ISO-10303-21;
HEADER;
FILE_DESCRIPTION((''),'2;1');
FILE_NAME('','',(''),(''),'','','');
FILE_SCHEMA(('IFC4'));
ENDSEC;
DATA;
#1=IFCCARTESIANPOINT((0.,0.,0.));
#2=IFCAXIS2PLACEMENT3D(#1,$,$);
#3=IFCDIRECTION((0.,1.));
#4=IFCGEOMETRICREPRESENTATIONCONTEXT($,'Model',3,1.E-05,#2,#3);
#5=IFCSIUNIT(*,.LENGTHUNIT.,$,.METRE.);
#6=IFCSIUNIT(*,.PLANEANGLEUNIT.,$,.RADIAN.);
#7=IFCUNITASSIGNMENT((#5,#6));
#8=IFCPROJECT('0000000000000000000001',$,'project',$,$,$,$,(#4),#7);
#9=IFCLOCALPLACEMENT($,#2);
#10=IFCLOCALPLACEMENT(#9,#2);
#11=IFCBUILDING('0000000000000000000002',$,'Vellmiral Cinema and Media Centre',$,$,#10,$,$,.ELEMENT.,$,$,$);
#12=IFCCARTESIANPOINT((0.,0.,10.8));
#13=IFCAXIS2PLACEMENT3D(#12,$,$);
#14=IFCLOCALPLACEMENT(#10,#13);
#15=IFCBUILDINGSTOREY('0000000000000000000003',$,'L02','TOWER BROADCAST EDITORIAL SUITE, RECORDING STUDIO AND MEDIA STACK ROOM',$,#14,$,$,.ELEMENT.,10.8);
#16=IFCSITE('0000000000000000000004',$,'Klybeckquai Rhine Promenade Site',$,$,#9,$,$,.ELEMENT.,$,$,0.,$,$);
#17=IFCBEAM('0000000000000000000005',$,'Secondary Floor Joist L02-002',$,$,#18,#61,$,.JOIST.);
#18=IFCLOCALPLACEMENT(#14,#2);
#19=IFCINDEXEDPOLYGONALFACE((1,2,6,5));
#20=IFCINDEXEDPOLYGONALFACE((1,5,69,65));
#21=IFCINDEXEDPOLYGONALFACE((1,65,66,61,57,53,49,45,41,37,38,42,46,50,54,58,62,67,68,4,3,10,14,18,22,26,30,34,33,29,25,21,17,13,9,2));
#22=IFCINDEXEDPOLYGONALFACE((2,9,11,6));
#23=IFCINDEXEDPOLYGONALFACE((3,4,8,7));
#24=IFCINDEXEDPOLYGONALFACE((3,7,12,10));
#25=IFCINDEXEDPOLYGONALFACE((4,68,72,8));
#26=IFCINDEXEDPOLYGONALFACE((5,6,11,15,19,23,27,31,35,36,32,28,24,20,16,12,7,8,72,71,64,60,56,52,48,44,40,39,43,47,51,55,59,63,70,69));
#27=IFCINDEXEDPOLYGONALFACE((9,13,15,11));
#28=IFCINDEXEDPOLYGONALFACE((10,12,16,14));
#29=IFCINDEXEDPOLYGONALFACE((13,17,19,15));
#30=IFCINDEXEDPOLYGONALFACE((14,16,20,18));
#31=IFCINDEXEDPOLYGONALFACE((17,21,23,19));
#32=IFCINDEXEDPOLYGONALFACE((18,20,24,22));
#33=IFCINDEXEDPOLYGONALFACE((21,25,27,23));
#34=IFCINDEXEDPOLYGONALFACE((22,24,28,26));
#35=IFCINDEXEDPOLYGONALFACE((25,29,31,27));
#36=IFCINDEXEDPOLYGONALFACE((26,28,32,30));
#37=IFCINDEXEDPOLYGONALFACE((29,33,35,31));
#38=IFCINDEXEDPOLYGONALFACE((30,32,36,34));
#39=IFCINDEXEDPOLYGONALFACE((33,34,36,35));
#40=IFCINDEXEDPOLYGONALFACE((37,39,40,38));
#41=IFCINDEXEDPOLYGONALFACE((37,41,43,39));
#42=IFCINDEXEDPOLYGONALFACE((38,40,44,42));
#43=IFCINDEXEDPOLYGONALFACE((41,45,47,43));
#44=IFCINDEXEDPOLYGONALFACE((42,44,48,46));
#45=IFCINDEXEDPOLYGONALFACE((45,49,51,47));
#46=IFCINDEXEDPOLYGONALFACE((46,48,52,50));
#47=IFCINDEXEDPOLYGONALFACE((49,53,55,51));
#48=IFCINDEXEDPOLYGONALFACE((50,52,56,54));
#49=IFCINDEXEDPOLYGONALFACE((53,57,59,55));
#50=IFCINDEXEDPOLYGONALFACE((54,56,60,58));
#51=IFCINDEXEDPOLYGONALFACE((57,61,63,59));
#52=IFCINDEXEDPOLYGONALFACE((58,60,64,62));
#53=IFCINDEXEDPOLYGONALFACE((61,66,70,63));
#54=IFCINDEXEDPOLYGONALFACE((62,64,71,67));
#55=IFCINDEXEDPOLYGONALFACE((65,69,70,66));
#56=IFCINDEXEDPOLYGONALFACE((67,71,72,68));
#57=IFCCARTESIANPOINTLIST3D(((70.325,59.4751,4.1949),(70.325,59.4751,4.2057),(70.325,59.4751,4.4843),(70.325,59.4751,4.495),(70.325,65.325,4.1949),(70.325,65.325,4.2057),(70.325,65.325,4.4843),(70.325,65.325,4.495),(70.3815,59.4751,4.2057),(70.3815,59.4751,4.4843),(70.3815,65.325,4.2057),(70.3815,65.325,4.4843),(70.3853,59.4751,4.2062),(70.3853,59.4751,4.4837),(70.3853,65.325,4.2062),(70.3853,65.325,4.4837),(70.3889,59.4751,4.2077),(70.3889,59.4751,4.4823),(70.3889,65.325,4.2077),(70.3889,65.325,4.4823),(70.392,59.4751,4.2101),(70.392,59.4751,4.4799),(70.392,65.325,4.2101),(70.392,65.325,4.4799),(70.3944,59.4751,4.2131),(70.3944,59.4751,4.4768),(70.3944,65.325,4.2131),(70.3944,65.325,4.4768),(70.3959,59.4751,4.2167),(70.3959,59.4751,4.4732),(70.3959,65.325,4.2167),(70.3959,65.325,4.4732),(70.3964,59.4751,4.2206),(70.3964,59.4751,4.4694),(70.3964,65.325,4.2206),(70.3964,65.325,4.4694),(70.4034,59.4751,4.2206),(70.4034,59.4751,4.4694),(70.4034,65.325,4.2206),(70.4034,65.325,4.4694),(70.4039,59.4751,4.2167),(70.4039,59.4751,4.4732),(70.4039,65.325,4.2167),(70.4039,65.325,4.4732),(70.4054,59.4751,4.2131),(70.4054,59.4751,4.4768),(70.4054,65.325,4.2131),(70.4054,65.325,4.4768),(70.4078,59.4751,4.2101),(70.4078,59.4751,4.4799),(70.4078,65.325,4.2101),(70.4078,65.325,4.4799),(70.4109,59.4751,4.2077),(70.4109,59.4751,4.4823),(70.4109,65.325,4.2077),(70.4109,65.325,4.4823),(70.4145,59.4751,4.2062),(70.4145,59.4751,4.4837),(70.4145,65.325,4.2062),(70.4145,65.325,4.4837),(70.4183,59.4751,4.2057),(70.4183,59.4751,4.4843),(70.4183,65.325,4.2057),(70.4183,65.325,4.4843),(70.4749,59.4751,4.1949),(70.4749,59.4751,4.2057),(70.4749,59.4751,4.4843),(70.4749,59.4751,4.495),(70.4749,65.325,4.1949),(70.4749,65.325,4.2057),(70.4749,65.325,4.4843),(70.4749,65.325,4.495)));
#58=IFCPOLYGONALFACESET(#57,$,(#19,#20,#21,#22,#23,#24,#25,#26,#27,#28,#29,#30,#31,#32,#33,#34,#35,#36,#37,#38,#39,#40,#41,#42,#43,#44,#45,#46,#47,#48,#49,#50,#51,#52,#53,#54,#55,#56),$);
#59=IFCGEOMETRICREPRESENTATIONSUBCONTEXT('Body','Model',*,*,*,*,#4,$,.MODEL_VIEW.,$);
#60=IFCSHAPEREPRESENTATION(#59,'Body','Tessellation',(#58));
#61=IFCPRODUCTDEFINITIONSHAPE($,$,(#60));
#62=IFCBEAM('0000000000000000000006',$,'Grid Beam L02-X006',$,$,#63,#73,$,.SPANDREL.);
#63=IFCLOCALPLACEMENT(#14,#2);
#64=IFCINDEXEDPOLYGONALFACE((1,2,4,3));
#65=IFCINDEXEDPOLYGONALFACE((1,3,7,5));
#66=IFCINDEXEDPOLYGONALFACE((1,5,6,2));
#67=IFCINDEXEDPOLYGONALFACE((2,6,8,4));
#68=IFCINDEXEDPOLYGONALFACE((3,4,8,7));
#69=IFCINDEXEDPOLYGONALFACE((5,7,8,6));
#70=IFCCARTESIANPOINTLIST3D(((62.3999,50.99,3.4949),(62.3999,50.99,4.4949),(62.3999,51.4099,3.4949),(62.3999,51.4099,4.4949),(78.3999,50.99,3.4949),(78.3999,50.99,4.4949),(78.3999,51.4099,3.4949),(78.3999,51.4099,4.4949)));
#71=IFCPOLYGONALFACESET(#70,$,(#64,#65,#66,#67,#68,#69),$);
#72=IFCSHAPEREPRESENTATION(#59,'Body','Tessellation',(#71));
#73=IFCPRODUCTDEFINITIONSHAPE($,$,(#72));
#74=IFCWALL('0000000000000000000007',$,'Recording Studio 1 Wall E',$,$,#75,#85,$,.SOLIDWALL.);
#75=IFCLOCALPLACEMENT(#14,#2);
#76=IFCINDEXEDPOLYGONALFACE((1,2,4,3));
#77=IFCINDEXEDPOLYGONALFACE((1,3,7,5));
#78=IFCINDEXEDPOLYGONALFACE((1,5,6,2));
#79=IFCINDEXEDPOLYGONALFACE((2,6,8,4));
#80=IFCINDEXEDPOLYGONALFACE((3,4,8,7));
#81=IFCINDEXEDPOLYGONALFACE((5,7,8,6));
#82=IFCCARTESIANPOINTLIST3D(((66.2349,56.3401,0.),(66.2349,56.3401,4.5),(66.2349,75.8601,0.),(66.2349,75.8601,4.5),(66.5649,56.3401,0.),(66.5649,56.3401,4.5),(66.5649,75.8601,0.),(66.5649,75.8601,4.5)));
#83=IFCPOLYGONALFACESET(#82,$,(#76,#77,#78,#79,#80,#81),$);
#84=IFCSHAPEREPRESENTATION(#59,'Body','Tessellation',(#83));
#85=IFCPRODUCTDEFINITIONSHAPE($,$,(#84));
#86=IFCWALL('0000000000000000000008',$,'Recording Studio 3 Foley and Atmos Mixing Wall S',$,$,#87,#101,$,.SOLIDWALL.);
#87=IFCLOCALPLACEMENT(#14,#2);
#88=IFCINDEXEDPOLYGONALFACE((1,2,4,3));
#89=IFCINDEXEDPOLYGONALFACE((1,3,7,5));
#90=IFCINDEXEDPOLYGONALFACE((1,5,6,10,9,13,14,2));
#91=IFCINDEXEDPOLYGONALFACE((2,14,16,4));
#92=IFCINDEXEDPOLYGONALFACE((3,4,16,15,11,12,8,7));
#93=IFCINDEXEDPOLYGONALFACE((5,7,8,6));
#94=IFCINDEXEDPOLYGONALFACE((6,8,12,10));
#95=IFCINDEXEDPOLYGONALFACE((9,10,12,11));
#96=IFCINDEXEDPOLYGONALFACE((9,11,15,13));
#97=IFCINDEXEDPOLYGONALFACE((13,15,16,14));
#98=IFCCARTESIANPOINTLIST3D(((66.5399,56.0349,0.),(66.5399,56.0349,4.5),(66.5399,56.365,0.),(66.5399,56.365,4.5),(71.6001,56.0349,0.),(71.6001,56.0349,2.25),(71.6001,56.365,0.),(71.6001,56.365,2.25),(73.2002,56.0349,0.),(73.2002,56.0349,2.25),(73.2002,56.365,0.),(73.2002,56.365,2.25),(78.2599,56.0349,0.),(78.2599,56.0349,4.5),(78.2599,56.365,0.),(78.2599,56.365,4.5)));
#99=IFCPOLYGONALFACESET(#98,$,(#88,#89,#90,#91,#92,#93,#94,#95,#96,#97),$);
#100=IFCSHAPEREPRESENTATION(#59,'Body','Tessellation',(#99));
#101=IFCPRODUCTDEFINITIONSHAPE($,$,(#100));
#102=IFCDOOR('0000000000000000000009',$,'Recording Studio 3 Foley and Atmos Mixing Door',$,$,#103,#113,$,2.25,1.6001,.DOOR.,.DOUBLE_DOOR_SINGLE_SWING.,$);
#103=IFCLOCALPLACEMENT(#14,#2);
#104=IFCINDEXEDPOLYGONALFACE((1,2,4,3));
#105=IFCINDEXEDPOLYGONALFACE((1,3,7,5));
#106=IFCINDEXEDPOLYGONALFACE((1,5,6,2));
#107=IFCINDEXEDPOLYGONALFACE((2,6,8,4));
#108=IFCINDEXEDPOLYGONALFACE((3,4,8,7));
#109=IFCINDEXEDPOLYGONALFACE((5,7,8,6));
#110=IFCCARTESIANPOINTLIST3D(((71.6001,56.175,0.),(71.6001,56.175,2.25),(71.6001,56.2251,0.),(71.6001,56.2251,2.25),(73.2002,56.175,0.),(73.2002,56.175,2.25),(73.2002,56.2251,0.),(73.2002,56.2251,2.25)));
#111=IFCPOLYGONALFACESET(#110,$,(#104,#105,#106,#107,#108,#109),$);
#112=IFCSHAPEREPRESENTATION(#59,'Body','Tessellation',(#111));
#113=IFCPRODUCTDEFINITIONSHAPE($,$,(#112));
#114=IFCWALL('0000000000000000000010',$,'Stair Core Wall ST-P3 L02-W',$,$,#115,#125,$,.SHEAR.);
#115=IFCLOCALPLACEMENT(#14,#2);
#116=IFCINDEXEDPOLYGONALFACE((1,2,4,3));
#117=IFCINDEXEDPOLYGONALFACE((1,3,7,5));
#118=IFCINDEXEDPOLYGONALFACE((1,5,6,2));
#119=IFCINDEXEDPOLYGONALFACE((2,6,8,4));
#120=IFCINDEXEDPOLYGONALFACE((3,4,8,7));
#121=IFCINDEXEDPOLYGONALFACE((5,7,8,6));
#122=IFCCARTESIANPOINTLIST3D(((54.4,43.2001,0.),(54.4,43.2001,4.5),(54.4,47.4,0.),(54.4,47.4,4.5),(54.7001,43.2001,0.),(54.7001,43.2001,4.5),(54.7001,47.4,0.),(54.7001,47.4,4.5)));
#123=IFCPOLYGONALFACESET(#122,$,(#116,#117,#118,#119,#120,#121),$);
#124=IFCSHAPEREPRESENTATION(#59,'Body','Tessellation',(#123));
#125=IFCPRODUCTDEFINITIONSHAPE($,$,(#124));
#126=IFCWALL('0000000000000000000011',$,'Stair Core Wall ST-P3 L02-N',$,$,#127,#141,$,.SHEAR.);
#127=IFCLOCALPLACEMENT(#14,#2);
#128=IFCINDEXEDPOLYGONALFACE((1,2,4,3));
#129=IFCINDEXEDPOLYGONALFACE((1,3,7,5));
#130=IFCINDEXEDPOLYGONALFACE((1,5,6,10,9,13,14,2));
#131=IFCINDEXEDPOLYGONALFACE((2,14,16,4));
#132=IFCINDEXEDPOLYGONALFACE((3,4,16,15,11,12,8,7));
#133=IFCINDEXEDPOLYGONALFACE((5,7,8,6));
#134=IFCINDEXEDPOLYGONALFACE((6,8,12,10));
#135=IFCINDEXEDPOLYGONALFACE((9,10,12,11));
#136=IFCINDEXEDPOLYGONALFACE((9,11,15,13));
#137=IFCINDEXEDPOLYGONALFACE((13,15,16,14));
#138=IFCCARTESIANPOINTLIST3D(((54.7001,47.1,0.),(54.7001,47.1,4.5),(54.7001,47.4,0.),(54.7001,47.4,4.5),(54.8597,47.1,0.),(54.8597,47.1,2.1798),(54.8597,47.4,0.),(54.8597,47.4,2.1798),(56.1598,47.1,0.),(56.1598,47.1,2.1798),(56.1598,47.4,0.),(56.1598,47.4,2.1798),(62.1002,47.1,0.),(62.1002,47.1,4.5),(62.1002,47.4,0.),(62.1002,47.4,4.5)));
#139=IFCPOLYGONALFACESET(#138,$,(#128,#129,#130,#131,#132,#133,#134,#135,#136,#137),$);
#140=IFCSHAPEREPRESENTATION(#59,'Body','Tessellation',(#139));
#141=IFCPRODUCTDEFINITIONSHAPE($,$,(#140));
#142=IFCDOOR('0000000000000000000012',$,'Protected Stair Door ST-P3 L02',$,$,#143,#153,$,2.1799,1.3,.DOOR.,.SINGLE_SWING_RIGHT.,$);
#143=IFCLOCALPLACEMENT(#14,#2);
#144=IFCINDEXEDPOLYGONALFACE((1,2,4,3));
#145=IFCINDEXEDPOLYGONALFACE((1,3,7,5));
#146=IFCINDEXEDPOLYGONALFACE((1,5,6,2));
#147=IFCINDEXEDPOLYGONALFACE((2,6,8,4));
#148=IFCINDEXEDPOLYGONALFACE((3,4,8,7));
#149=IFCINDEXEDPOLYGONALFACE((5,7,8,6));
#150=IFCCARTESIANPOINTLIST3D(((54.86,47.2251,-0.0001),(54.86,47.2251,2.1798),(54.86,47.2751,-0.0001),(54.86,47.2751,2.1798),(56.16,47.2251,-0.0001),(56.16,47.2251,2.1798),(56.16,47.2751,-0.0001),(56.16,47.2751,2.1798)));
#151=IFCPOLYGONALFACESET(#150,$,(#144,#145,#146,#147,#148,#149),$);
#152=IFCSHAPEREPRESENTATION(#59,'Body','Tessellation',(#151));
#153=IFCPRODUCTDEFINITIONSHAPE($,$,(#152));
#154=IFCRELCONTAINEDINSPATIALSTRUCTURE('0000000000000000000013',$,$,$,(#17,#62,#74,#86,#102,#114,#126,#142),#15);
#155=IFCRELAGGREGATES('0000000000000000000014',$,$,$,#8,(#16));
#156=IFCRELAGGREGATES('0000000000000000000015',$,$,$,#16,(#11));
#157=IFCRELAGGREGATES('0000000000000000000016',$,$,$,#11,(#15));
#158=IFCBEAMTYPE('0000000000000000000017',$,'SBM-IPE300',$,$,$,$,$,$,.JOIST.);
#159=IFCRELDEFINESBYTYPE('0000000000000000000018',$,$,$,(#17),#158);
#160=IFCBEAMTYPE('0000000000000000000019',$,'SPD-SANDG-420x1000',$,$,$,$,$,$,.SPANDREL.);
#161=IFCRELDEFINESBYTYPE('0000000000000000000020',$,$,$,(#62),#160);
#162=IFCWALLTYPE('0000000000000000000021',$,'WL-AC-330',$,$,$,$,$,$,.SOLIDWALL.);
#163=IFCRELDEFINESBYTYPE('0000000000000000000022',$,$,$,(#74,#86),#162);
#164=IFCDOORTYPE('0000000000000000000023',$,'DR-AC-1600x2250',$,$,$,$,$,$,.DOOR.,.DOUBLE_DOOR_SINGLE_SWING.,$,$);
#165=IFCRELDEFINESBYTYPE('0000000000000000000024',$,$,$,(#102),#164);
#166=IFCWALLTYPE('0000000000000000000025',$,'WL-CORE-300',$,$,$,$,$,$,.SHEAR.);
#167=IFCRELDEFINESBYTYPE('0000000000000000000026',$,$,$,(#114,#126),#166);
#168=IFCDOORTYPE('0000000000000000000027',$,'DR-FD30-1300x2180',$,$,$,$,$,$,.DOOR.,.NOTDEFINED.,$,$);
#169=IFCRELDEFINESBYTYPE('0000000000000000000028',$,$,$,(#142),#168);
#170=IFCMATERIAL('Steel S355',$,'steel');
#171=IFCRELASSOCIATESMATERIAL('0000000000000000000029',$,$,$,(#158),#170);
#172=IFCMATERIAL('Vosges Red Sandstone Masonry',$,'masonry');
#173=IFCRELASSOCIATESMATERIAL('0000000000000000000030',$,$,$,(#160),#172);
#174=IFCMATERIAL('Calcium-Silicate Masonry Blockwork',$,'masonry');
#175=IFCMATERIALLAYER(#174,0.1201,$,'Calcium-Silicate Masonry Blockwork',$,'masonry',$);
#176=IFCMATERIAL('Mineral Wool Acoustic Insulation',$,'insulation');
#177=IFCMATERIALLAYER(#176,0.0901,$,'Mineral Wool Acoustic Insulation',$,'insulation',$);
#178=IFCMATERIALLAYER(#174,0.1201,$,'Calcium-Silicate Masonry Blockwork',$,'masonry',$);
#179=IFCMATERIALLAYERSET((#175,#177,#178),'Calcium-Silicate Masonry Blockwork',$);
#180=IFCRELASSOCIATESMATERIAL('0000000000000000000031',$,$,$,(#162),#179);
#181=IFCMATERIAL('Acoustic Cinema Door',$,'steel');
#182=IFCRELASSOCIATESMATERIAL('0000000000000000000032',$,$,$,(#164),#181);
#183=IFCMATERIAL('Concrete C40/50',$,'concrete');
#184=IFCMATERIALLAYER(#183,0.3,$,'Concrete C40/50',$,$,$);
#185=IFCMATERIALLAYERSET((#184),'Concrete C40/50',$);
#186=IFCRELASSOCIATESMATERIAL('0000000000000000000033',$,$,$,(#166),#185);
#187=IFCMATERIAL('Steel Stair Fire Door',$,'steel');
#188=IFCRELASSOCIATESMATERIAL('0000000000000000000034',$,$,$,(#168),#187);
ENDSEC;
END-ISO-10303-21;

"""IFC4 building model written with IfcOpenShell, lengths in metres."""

from ifc_helpers import new_model, si_unit, direction, frame, frame_2d, origin, origin_2d, place, context, subcontext, project, spatial, rectangle, i_section, extrude, material, layer, layer_set, material_profile, profile_set, type_object, element, fill, save


model = new_model("IFC4")

# Units and contexts
model_context = context("Model", 3, precision=1e-05, world=origin(), true_north=direction((0.0, 1.0)))
body_context = subcontext(model_context, "Body", "Model", "MODEL_VIEW")
ifc_project = project(units=[si_unit("LENGTHUNIT", "METRE"), si_unit("PLANEANGLEUNIT", "RADIAN")], contexts=[model_context])

# Site, building, storey
site_placement = place(None, origin())
site = spatial("IfcSite", under=ifc_project, at=site_placement, Name="Klybeckquai Rhine Promenade Site", CompositionType="ELEMENT", RefElevation=0.0)
building_placement = place(site_placement, origin())
building = spatial("IfcBuilding", under=site, at=building_placement, Name="Vellmiral Cinema and Media Centre", CompositionType="ELEMENT")
storey_placement = place(building_placement, frame((0.0, 0.0, 10.8)))
storey = spatial("IfcBuildingStorey", under=building, at=storey_placement, Name="L02", Description="TOWER BROADCAST EDITORIAL SUITE, RECORDING STUDIO AND MEDIA STACK ROOM", CompositionType="ELEMENT", Elevation=10.8)

# Beams
ifc_material_1 = material(Name="Steel S355", Category="steel")
ifc_material_profile_1 = material_profile(ifc_material_1, i_section(OverallWidth=0.1499, OverallDepth=0.3, WebThickness=0.0071, FlangeThickness=0.0107, FilletRadius=0.0149, at=origin_2d()), Name="IPE 300")
ifc_profile_set_1 = profile_set([ifc_material_profile_1], Name="Steel S355")
beam_type_1 = type_object("IfcBeamType", Name="SBM-IPE300", PredefinedType="JOIST", material=ifc_profile_set_1)
beam_1_placement = place(storey_placement, frame((70.3999, 59.4751, 4.345), z_axis=(0.0, 1.0, 0.0), x_axis=(-1.0, 0.0, 0.0)))
element("IfcBeam", 1, at=beam_1_placement, inside=storey, type_object=beam_type_1, Name="Secondary Floor Joist L02-002", PredefinedType="JOIST", context=body_context, shape_type="SweptSolid", body=[
    extrude(i_section(OverallWidth=0.1499, OverallDepth=0.3, WebThickness=0.0071, FlangeThickness=0.0107, FilletRadius=0.0149, at=origin_2d()), origin(), (0.0, 0.0, 1.0), 5.8499),
])
ifc_material_2 = material(Name="Vosges Red Sandstone Masonry", Category="masonry")
ifc_material_profile_2 = material_profile(ifc_material_2, rectangle(XDim=0.4199, YDim=1.0, at=origin_2d()), Name="SAND 420x1000")
ifc_profile_set_2 = profile_set([ifc_material_profile_2], Name="Vosges Red Sandstone Masonry")
beam_type_2 = type_object("IfcBeamType", Name="SPD-SANDG-420x1000", PredefinedType="SPANDREL", material=ifc_profile_set_2)
beam_2_placement = place(storey_placement, frame((62.3999, 51.2, 3.9949), z_axis=(1.0, 0.0, 0.0), x_axis=(0.0, 1.0, 0.0)))
element("IfcBeam", 2, at=beam_2_placement, inside=storey, type_object=beam_type_2, Name="Grid Beam L02-X006", PredefinedType="SPANDREL", context=body_context, shape_type="SweptSolid", body=[
    extrude(rectangle(XDim=0.4199, YDim=1.0, at=origin_2d()), origin(), (0.0, 0.0, 1.0), 16.0),
])

# Wall
ifc_material_3 = material(Name="Calcium-Silicate Masonry Blockwork", Category="masonry")
ifc_layer_1 = layer(ifc_material_3, 0.1201, Name="Calcium-Silicate Masonry Blockwork", Category="masonry")
ifc_material_4 = material(Name="Mineral Wool Acoustic Insulation", Category="insulation")
ifc_layer_2 = layer(ifc_material_4, 0.0901, Name="Mineral Wool Acoustic Insulation", Category="insulation")
ifc_layer_3 = layer(ifc_material_3, 0.1201, Name="Calcium-Silicate Masonry Blockwork", Category="masonry")
ifc_layer_set_1 = layer_set([ifc_layer_1, ifc_layer_2, ifc_layer_3], Name="Calcium-Silicate Masonry Blockwork")
wall_type_1 = type_object("IfcWallType", Name="WL-AC-330", PredefinedType="SOLIDWALL", material=ifc_layer_set_1)
wall_1_placement = place(storey_placement, frame((66.3999, 56.3401, 0.0), z_axis=(0.0, 0.0, 1.0), x_axis=(0.0, 1.0, 0.0)))
element("IfcWall", 3, at=wall_1_placement, inside=storey, type_object=wall_type_1, Name="Recording Studio 1 Wall E", PredefinedType="SOLIDWALL", context=body_context, shape_type="SweptSolid", body=[
    extrude(rectangle(XDim=19.52, YDim=0.3301, at=frame_2d((9.76, 0.0))), origin(), (0.0, 0.0, 1.0), 4.5),
])

# Wall, opening, door
wall_2_placement = place(storey_placement, frame((66.54, 56.2, 0.0), z_axis=(0.0, 0.0, 1.0), x_axis=(1.0, 0.0, 0.0)))
wall_2 = element("IfcWall", 4, at=wall_2_placement, inside=storey, type_object=wall_type_1, Name="Recording Studio 3 Foley and Atmos Mixing Wall S", PredefinedType="SOLIDWALL", context=body_context, shape_type="SweptSolid", body=[
    extrude(rectangle(XDim=11.72, YDim=0.3301, at=frame_2d((5.8599, 0.0))), origin(), (0.0, 0.0, 1.0), 4.5),
])
opening_1_placement = place(wall_2_placement, frame((5.0601, 0.0, 0.0)))
opening_1 = element("IfcOpeningElement", 5, at=opening_1_placement, cuts=wall_2, PredefinedType="OPENING", context=body_context, shape_type="SweptSolid", body=[
    extrude(rectangle(XDim=1.6001, YDim=2.25, at=frame_2d((0.8, 1.125))), frame((0.0, 0.177, 0.0), z_axis=(0.0, -1.0, 0.0), x_axis=(1.0, 0.0, 0.0)), (0.0, 0.0, 1.0), 0.354),
])
ifc_material_5 = material(Name="Acoustic Cinema Door", Category="steel")
door_type_1 = type_object("IfcDoorType", Name="DR-AC-1600x2250", OperationType="DOUBLE_DOOR_SINGLE_SWING", PredefinedType="DOOR", material=ifc_material_5)
door_1_placement = place(opening_1_placement, frame((1.6001, 0.0, 0.0), z_axis=(0.0, 0.0, 1.0), x_axis=(-1.0, 0.0, 0.0)))
door_1 = element("IfcDoor", 6, at=door_1_placement, inside=storey, type_object=door_type_1, Name="Recording Studio 3 Foley and Atmos Mixing Door", OperationType="DOUBLE_DOOR_SINGLE_SWING", OverallHeight=2.25, OverallWidth=1.6001, PredefinedType="DOOR", context=body_context, shape_type="SweptSolid", body=[
    extrude(rectangle(XDim=1.6001, YDim=2.25, at=frame_2d((0.8, 1.125))), frame((0.0, 0.0249, 0.0), z_axis=(0.0, -1.0, 0.0), x_axis=(1.0, 0.0, 0.0)), (0.0, 0.0, 1.0), 0.05),
])
fill(opening_1, door_1)

# Wall
ifc_material_6 = material(Name="Concrete C40/50", Category="concrete")
ifc_layer_4 = layer(ifc_material_6, 0.3, Name="Concrete C40/50")
ifc_layer_set_2 = layer_set([ifc_layer_4], Name="Concrete C40/50")
wall_type_2 = type_object("IfcWallType", Name="WL-CORE-300", PredefinedType="SHEAR", material=ifc_layer_set_2)
wall_3_placement = place(storey_placement, frame((54.55, 43.2, 0.0), z_axis=(0.0, 0.0, 1.0), x_axis=(0.0, 1.0, 0.0)))
element("IfcWall", 7, at=wall_3_placement, inside=storey, type_object=wall_type_2, Name="Stair Core Wall ST-P3 L02-W", PredefinedType="SHEAR", context=body_context, shape_type="SweptSolid", body=[
    extrude(rectangle(XDim=4.2, YDim=0.3, at=frame_2d((2.1001, 0.0))), origin(), (0.0, 0.0, 1.0), 4.5),
])

# Wall, opening, door
wall_4_placement = place(storey_placement, frame((54.7, 47.25, 0.0), z_axis=(0.0, 0.0, 1.0), x_axis=(1.0, 0.0, 0.0)))
wall_4 = element("IfcWall", 8, at=wall_4_placement, inside=storey, type_object=wall_type_2, Name="Stair Core Wall ST-P3 L02-N", PredefinedType="SHEAR", context=body_context, shape_type="SweptSolid", body=[
    extrude(rectangle(XDim=7.4001, YDim=0.3, at=frame_2d((3.7002, 0.0))), origin(), (0.0, 0.0, 1.0), 4.5),
])
opening_2_placement = place(wall_4_placement, frame((0.1599, 0.0, 0.0)))
opening_2 = element("IfcOpeningElement", 9, at=opening_2_placement, cuts=wall_4, PredefinedType="OPENING", context=body_context, shape_type="SweptSolid", body=[
    extrude(rectangle(XDim=1.3, YDim=2.1799, at=frame_2d((0.6499, 1.0898))), frame((0.0, 0.1621, 0.0), z_axis=(0.0, -1.0, 0.0), x_axis=(1.0, 0.0, 0.0)), (0.0, 0.0, 1.0), 0.324),
])
ifc_material_7 = material(Name="Steel Stair Fire Door", Category="steel")
door_type_2 = type_object("IfcDoorType", Name="DR-FD30-1300x2180", OperationType="NOTDEFINED", PredefinedType="DOOR", material=ifc_material_7)
door_2_placement = place(opening_2_placement, frame((1.3, 0.0, 0.0), z_axis=(0.0, 0.0, 1.0), x_axis=(-1.0, 0.0, 0.0)))
door_2 = element("IfcDoor", 10, at=door_2_placement, inside=storey, type_object=door_type_2, Name="Protected Stair Door ST-P3 L02", OperationType="SINGLE_SWING_RIGHT", OverallHeight=2.1799, OverallWidth=1.3, PredefinedType="DOOR", context=body_context, shape_type="SweptSolid", body=[
    extrude(rectangle(XDim=1.3, YDim=2.1799, at=frame_2d((0.6499, 1.0898))), frame((0.0, 0.0249, 0.0), z_axis=(0.0, -1.0, 0.0), x_axis=(1.0, 0.0, 0.0)), (0.0, 0.0, 1.0), 0.05),
])
fill(opening_2, door_2)

save(model, "model.ifc")
